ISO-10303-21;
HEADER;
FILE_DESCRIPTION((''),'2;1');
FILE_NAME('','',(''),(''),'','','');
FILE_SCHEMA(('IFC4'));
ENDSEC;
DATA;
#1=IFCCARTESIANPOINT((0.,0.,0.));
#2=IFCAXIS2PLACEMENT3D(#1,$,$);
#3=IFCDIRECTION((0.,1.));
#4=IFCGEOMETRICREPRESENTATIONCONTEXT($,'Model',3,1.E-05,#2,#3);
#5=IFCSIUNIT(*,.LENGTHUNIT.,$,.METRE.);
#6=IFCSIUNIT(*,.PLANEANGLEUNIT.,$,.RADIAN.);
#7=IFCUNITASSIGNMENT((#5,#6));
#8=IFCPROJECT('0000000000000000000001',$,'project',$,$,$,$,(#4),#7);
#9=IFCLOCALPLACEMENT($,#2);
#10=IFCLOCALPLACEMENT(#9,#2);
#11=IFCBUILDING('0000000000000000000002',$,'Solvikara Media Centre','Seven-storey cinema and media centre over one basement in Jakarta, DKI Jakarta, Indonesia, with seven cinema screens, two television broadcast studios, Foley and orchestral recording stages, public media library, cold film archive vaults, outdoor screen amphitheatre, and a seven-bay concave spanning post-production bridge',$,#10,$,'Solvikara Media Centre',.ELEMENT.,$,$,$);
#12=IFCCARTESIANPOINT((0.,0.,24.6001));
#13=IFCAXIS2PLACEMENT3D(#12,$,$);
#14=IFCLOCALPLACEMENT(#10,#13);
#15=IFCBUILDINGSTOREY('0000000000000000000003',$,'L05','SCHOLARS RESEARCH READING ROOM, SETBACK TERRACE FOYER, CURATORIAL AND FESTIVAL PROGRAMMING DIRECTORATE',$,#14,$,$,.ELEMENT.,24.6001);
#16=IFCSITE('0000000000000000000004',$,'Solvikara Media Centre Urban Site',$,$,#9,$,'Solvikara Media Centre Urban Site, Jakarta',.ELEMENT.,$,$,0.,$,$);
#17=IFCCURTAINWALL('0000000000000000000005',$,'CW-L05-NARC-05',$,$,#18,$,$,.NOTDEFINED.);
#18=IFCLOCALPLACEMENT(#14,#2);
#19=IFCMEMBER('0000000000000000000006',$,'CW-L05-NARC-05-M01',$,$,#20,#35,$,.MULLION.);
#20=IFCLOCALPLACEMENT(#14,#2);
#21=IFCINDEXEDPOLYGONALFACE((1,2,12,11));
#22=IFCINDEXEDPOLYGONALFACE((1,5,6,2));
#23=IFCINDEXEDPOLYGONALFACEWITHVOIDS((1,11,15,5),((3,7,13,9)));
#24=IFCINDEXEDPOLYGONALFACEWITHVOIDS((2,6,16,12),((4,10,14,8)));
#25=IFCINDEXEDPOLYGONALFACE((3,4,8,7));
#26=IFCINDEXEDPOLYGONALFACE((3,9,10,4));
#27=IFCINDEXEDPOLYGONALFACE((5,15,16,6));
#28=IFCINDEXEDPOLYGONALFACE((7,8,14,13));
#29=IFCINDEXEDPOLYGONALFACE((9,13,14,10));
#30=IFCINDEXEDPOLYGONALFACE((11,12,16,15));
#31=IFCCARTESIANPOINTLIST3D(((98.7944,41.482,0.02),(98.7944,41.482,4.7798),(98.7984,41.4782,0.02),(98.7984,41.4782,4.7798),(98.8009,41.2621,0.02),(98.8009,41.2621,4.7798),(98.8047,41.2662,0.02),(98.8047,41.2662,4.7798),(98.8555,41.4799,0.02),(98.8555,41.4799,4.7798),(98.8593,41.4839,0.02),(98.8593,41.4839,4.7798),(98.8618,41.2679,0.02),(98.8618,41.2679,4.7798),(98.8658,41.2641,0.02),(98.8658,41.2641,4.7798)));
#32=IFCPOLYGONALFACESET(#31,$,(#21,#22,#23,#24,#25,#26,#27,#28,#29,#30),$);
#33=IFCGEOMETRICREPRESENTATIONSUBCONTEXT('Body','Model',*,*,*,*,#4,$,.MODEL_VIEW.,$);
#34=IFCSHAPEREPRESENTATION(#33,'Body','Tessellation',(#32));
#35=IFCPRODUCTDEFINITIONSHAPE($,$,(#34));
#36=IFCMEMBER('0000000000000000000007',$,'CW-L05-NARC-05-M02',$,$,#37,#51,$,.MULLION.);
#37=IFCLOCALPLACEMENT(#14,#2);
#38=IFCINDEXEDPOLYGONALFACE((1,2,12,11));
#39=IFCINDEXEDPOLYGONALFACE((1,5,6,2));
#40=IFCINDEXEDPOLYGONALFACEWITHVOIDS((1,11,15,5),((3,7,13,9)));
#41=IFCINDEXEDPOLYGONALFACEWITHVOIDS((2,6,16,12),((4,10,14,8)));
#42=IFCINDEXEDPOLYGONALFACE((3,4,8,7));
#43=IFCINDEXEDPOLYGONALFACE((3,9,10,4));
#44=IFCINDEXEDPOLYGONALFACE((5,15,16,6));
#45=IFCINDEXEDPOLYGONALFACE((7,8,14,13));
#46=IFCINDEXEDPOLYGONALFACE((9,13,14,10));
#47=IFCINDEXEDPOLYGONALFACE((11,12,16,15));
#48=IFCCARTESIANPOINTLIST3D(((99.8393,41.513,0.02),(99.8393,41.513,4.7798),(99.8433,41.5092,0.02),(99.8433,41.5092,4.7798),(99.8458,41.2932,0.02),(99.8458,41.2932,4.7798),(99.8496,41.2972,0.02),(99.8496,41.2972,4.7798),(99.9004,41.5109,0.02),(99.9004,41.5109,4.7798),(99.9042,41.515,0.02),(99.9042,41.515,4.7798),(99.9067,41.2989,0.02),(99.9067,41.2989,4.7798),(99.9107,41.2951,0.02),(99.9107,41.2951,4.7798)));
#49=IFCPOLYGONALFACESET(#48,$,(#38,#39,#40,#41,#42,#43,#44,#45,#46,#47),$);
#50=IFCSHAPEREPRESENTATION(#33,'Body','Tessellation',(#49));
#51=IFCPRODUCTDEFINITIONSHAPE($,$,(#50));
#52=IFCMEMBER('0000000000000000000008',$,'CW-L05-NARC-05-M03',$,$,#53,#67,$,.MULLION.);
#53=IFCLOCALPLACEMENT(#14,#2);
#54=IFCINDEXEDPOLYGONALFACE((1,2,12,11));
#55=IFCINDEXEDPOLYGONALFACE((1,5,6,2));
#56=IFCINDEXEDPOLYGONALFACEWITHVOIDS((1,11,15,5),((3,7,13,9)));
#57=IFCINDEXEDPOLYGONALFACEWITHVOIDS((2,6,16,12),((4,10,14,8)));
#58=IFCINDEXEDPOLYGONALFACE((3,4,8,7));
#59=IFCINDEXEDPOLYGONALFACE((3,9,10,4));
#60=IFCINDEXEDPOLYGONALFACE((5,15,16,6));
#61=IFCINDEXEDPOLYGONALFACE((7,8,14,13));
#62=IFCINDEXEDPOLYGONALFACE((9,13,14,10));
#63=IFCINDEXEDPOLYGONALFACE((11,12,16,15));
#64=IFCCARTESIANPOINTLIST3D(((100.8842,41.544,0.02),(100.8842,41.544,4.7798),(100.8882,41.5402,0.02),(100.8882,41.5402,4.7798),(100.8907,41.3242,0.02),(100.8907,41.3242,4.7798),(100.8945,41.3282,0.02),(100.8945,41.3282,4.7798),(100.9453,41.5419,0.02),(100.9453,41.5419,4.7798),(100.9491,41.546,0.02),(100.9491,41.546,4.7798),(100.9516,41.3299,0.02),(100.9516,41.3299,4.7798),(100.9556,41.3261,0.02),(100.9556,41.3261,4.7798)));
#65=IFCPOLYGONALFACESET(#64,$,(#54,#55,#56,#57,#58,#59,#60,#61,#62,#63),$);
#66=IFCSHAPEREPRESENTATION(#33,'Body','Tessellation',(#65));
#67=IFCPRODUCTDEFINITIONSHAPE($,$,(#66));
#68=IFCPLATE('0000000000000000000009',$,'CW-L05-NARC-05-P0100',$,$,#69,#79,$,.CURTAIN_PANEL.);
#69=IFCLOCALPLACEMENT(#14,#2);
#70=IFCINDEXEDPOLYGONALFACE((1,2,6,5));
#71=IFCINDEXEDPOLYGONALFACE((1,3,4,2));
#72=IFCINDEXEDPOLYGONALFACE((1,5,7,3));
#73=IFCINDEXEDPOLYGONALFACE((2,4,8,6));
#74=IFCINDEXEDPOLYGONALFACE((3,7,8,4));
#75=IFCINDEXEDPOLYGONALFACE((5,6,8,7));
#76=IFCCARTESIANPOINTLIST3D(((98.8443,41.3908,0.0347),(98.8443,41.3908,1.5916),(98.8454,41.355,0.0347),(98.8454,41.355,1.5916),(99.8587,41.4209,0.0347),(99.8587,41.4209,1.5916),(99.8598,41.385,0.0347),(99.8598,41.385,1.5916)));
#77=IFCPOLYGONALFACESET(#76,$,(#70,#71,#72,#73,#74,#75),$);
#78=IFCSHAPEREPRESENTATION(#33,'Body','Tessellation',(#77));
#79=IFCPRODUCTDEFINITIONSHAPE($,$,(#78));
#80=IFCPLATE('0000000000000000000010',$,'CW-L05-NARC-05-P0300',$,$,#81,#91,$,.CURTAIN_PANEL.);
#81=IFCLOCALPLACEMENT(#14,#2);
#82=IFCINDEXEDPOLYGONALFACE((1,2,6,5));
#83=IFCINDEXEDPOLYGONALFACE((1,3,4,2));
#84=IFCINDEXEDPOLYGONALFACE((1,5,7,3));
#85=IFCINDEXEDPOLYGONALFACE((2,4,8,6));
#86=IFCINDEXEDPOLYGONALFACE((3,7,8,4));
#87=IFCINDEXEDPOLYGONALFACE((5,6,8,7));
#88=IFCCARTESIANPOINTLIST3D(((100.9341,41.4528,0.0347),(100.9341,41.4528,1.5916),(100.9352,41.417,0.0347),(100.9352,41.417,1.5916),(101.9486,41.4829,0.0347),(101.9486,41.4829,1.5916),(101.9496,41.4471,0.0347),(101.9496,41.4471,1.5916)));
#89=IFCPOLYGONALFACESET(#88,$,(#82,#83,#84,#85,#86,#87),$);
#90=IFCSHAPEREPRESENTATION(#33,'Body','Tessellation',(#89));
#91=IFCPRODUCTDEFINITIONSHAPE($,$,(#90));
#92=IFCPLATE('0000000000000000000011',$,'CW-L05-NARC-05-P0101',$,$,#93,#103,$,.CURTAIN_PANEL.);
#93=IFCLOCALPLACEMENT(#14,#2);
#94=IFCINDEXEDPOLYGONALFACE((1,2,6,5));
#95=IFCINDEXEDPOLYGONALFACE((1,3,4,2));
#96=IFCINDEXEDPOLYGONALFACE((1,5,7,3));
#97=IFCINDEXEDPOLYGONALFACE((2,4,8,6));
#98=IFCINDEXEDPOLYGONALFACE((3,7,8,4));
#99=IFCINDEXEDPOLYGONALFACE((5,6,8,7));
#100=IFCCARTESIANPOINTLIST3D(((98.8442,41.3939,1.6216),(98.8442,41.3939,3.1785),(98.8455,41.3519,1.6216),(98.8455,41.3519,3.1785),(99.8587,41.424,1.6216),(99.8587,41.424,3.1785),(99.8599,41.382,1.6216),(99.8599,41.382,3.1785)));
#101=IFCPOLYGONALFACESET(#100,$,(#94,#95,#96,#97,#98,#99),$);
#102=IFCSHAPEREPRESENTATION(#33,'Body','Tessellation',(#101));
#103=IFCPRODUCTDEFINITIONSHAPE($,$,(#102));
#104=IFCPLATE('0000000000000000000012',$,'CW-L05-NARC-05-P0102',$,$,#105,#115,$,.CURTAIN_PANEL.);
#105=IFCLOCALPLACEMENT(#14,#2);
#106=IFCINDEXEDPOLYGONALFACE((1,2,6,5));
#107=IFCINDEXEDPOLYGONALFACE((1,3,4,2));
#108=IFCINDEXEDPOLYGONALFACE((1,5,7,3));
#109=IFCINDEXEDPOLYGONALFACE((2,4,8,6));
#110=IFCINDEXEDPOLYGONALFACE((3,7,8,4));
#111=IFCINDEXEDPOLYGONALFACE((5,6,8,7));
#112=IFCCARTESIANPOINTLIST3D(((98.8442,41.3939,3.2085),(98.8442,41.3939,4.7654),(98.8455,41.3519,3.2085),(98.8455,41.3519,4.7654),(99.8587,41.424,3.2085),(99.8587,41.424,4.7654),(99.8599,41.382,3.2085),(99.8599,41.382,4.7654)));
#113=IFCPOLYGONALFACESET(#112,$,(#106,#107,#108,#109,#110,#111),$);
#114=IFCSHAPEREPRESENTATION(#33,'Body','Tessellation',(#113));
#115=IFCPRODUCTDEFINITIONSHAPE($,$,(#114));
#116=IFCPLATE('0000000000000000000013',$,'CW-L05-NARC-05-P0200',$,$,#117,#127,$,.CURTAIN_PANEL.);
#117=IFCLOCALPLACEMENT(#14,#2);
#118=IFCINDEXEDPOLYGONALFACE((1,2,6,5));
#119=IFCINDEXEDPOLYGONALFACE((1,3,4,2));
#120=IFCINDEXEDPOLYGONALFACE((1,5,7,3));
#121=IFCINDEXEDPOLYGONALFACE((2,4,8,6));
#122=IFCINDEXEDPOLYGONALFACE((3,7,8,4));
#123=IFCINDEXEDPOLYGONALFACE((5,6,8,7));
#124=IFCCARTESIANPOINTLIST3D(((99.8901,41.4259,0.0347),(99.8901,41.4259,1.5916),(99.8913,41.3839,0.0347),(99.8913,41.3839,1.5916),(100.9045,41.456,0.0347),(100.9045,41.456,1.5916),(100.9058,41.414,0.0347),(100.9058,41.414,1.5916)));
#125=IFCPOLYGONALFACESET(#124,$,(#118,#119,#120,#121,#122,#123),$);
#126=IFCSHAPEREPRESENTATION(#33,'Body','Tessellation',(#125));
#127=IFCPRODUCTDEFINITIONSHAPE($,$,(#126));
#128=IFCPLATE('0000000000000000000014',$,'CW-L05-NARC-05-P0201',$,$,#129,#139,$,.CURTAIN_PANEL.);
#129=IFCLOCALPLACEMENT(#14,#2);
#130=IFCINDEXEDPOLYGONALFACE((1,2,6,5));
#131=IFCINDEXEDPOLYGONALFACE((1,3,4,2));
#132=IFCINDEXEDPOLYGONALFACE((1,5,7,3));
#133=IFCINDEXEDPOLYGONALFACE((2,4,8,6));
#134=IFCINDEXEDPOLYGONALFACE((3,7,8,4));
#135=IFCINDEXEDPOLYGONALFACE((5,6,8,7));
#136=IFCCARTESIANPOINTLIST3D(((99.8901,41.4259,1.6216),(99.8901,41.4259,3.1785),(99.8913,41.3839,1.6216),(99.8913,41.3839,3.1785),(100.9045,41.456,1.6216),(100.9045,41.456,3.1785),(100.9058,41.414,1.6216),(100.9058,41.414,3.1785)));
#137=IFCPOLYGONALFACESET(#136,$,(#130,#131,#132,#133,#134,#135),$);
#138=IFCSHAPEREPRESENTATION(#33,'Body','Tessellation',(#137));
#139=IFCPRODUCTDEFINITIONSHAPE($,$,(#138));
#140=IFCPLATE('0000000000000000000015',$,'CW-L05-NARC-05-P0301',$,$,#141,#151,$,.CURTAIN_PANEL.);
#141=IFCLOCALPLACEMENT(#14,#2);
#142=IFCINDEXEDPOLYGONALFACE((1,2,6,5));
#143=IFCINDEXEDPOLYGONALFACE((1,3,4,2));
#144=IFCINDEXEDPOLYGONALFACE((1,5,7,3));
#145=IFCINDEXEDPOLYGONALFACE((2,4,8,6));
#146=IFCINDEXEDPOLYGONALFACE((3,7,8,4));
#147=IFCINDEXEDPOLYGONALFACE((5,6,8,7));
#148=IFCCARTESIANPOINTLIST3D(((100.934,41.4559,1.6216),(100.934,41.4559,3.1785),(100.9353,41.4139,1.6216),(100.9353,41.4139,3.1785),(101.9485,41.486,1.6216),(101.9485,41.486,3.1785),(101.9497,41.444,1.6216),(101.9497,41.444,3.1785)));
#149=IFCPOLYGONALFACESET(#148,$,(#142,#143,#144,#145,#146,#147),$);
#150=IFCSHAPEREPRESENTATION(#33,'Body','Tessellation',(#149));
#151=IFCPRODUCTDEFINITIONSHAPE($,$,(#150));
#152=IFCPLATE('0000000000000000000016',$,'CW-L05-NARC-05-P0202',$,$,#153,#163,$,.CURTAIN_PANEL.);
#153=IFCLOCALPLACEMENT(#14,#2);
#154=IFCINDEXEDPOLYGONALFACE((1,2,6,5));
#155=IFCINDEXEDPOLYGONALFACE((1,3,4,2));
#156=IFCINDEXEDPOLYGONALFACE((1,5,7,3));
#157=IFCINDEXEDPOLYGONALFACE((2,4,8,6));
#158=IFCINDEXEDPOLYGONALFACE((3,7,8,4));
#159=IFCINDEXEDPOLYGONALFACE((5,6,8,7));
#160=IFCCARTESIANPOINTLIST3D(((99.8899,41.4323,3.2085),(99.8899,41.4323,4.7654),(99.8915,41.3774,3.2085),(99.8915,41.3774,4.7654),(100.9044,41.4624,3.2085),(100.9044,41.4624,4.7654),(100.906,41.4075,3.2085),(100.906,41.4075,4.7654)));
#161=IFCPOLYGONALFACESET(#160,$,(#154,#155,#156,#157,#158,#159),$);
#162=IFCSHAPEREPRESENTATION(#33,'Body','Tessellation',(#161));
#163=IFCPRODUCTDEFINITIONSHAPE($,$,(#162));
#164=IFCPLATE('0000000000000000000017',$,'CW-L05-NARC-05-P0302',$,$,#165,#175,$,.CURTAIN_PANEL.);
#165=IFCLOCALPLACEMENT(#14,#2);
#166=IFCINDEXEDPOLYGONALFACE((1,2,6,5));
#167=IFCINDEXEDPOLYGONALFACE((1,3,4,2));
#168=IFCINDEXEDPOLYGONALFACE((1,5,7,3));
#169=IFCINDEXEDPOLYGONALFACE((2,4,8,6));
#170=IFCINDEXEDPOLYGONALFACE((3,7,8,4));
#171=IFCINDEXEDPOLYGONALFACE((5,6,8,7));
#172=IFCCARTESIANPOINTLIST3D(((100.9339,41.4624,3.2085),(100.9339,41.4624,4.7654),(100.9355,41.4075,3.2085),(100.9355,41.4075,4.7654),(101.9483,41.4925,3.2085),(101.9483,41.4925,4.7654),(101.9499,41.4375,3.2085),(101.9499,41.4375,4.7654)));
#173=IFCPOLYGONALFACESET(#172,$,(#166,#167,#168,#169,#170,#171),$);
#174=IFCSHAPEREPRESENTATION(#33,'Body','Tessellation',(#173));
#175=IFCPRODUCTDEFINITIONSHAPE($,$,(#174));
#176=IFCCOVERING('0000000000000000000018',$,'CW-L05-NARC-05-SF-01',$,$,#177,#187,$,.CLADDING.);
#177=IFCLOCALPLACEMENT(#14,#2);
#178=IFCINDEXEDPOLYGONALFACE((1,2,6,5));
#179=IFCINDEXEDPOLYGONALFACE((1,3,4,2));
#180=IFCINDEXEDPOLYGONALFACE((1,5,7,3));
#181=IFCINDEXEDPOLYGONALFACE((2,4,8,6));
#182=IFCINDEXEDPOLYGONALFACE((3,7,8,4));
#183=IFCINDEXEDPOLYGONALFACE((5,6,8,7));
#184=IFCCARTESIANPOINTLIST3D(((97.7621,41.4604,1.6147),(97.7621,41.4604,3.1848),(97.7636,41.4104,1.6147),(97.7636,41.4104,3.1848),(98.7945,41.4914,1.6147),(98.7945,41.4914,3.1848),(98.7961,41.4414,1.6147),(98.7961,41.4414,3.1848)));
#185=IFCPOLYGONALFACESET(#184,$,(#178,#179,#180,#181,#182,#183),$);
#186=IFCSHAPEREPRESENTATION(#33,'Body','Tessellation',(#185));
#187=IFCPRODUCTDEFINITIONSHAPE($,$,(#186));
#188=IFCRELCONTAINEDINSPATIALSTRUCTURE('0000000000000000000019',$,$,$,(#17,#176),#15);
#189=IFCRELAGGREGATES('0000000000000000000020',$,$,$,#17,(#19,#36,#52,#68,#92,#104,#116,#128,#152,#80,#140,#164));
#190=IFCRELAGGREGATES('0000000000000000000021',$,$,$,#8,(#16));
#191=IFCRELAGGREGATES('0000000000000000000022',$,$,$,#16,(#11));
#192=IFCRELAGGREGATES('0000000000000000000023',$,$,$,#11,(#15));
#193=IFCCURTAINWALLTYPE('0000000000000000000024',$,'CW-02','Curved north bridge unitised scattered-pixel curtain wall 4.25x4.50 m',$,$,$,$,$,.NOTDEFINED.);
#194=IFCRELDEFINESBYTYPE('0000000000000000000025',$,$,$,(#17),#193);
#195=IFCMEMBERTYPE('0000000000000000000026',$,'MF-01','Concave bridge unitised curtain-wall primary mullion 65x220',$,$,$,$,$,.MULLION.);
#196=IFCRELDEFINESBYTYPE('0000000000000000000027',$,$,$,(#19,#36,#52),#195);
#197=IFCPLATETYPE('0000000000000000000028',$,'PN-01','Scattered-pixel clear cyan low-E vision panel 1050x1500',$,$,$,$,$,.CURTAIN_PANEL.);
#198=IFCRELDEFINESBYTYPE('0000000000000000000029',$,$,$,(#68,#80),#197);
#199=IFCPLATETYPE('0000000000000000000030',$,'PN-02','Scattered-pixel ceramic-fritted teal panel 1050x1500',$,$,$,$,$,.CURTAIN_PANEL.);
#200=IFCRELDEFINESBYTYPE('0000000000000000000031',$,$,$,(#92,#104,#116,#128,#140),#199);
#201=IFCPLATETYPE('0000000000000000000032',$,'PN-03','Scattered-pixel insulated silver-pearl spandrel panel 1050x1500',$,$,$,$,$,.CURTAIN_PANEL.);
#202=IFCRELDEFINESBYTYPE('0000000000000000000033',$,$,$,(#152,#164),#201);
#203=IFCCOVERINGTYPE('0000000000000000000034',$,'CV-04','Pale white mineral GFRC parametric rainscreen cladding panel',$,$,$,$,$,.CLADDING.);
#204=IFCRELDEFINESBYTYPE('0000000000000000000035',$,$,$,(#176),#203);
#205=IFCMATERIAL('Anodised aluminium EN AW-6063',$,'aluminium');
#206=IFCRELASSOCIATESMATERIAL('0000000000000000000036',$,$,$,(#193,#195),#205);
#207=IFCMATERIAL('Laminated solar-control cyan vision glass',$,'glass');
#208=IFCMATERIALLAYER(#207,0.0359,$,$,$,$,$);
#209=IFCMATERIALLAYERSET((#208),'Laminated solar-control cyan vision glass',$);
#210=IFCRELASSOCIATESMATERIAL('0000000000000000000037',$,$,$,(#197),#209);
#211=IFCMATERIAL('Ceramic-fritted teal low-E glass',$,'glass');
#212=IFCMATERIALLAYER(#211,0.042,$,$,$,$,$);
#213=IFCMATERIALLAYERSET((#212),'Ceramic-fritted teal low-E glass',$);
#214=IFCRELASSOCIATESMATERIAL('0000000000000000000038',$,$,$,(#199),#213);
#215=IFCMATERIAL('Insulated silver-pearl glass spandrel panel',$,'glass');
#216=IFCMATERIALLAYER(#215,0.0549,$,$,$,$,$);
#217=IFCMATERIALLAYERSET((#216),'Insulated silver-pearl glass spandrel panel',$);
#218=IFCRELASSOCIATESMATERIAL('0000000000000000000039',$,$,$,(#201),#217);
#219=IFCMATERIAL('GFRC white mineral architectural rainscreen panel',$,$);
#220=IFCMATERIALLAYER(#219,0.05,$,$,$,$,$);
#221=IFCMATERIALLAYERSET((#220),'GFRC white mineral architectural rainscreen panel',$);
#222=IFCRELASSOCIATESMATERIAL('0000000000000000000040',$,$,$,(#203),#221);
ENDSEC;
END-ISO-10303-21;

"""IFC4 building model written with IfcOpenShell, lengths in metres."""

from ifc_helpers import new_model, si_unit, direction, frame, origin, origin_2d, place, context, subcontext, project, spatial, rectangle, hollow_rectangle, extrude, material, layer, layer_set, material_profile, profile_set, type_object, element, aggregate, save


model = new_model("IFC4")

# Units and contexts
model_context = context("Model", 3, precision=1e-05, world=origin(), true_north=direction((0.0, 1.0)))
body_context = subcontext(model_context, "Body", "Model", "MODEL_VIEW")
ifc_project = project(units=[si_unit("LENGTHUNIT", "METRE"), si_unit("PLANEANGLEUNIT", "RADIAN")], contexts=[model_context])

# Site, building, storey
site_placement = place(None, origin())
site = spatial("IfcSite", under=ifc_project, at=site_placement, Name="Solvikara Media Centre Urban Site", LongName="Solvikara Media Centre Urban Site, Jakarta", CompositionType="ELEMENT", RefElevation=0.0)
building_placement = place(site_placement, origin())
building = spatial("IfcBuilding", under=site, at=building_placement, Name="Solvikara Media Centre", Description="Seven-storey cinema and media centre over one basement in Jakarta, DKI Jakarta, Indonesia, with seven cinema screens, two television broadcast studios, Foley and orchestral recording stages, public media library, cold film archive vaults, outdoor screen amphitheatre, and a seven-bay concave spanning post-production bridge", LongName="Solvikara Media Centre", CompositionType="ELEMENT")
storey_placement = place(building_placement, frame((0.0, 0.0, 24.6001)))
storey = spatial("IfcBuildingStorey", under=building, at=storey_placement, Name="L05", Description="SCHOLARS RESEARCH READING ROOM, SETBACK TERRACE FOYER, CURATORIAL AND FESTIVAL PROGRAMMING DIRECTORATE", CompositionType="ELEMENT", Elevation=24.6001)

# Curtain wall, members, plates
ifc_material_1 = material(Name="Anodised aluminium EN AW-6063", Category="aluminium")
curtain_wall_type = type_object("IfcCurtainWallType", Name="CW-02", Description="Curved north bridge unitised scattered-pixel curtain wall 4.25x4.50 m", PredefinedType="NOTDEFINED", material=ifc_material_1)
curtain_wall_placement = place(storey_placement, origin())
curtain_wall = element("IfcCurtainWall", 1, at=curtain_wall_placement, inside=storey, type_object=curtain_wall_type, Name="CW-L05-NARC-05", PredefinedType="NOTDEFINED")
ifc_material_profile = material_profile(ifc_material_1, hollow_rectangle(XDim=0.0649, YDim=0.22, WallThickness=0.0039, at=origin_2d()), Name="ALU-M 65x220x4")
ifc_profile_set = profile_set([ifc_material_profile], Name="Anodised aluminium EN AW-6063")
member_type = type_object("IfcMemberType", Name="MF-01", Description="Concave bridge unitised curtain-wall primary mullion 65x220", PredefinedType="MULLION", material=ifc_profile_set)
member_1_placement = place(storey_placement, frame((98.8301, 41.373, 0.02), z_axis=(0.0, 0.0, 1.0), x_axis=(0.99956, 0.029649, 0.0)))
member_1 = element("IfcMember", 2, at=member_1_placement, type_object=member_type, Name="CW-L05-NARC-05-M01", PredefinedType="MULLION", context=body_context, shape_type="SweptSolid", body=[
    extrude(hollow_rectangle(XDim=0.0649, YDim=0.22, WallThickness=0.0039, at=origin_2d()), origin(), (0.0, 0.0, 1.0), 4.7598),
])
member_2_placement = place(storey_placement, frame((99.875, 41.4041, 0.02), z_axis=(0.0, 0.0, 1.0), x_axis=(0.99956, 0.029649, 0.0)))
member_2 = element("IfcMember", 3, at=member_2_placement, type_object=member_type, Name="CW-L05-NARC-05-M02", PredefinedType="MULLION", context=body_context, shape_type="SweptSolid", body=[
    extrude(hollow_rectangle(XDim=0.0649, YDim=0.22, WallThickness=0.0039, at=origin_2d()), origin(), (0.0, 0.0, 1.0), 4.7598),
])
member_3_placement = place(storey_placement, frame((100.9199, 41.4351, 0.02), z_axis=(0.0, 0.0, 1.0), x_axis=(0.99956, 0.029649, 0.0)))
member_3 = element("IfcMember", 4, at=member_3_placement, type_object=member_type, Name="CW-L05-NARC-05-M03", PredefinedType="MULLION", context=body_context, shape_type="SweptSolid", body=[
    extrude(hollow_rectangle(XDim=0.0649, YDim=0.22, WallThickness=0.0039, at=origin_2d()), origin(), (0.0, 0.0, 1.0), 4.7598),
])
ifc_material_2 = material(Name="Laminated solar-control cyan vision glass", Category="glass")
ifc_layer_1 = layer(ifc_material_2, 0.0359)
ifc_layer_set_1 = layer_set([ifc_layer_1], Name="Laminated solar-control cyan vision glass")
plate_type_1 = type_object("IfcPlateType", Name="PN-01", Description="Scattered-pixel clear cyan low-E vision panel 1050x1500", PredefinedType="CURTAIN_PANEL", material=ifc_layer_set_1)
plate_1_placement = place(storey_placement, frame((99.3521, 41.3879, 0.0347), z_axis=(0.0, 0.0, 1.0), x_axis=(0.99956, 0.029649, 0.0)))
plate_1 = element("IfcPlate", 5, at=plate_1_placement, type_object=plate_type_1, Name="CW-L05-NARC-05-P0100", PredefinedType="CURTAIN_PANEL", context=body_context, shape_type="SweptSolid", body=[
    extrude(rectangle(XDim=1.0149, YDim=0.0359, at=origin_2d()), origin(), (0.0, 0.0, 1.0), 1.5569),
])
plate_2_placement = place(storey_placement, frame((101.4419, 41.45, 0.0347), z_axis=(0.0, 0.0, 1.0), x_axis=(0.99956, 0.029649, 0.0)))
plate_2 = element("IfcPlate", 6, at=plate_2_placement, type_object=plate_type_1, Name="CW-L05-NARC-05-P0300", PredefinedType="CURTAIN_PANEL", context=body_context, shape_type="SweptSolid", body=[
    extrude(rectangle(XDim=1.0149, YDim=0.0359, at=origin_2d()), origin(), (0.0, 0.0, 1.0), 1.5569),
])
ifc_material_3 = material(Name="Ceramic-fritted teal low-E glass", Category="glass")
ifc_layer_2 = layer(ifc_material_3, 0.042)
ifc_layer_set_2 = layer_set([ifc_layer_2], Name="Ceramic-fritted teal low-E glass")
plate_type_2 = type_object("IfcPlateType", Name="PN-02", Description="Scattered-pixel ceramic-fritted teal panel 1050x1500", PredefinedType="CURTAIN_PANEL", material=ifc_layer_set_2)
plate_3_placement = place(storey_placement, frame((99.3521, 41.3879, 1.6216), z_axis=(0.0, 0.0, 1.0), x_axis=(0.99956, 0.029649, 0.0)))
plate_3 = element("IfcPlate", 7, at=plate_3_placement, type_object=plate_type_2, Name="CW-L05-NARC-05-P0101", PredefinedType="CURTAIN_PANEL", context=body_context, shape_type="SweptSolid", body=[
    extrude(rectangle(XDim=1.0149, YDim=0.042, at=origin_2d()), origin(), (0.0, 0.0, 1.0), 1.5569),
])
plate_4_placement = place(storey_placement, frame((99.3521, 41.3879, 3.2085), z_axis=(0.0, 0.0, 1.0), x_axis=(0.99956, 0.029649, 0.0)))
plate_4 = element("IfcPlate", 8, at=plate_4_placement, type_object=plate_type_2, Name="CW-L05-NARC-05-P0102", PredefinedType="CURTAIN_PANEL", context=body_context, shape_type="SweptSolid", body=[
    extrude(rectangle(XDim=1.0149, YDim=0.042, at=origin_2d()), origin(), (0.0, 0.0, 1.0), 1.5569),
])
plate_5_placement = place(storey_placement, frame((100.3979, 41.4199, 0.0347), z_axis=(0.0, 0.0, 1.0), x_axis=(0.99956, 0.029649, 0.0)))
plate_5 = element("IfcPlate", 9, at=plate_5_placement, type_object=plate_type_2, Name="CW-L05-NARC-05-P0200", PredefinedType="CURTAIN_PANEL", context=body_context, shape_type="SweptSolid", body=[
    extrude(rectangle(XDim=1.0149, YDim=0.042, at=origin_2d()), origin(), (0.0, 0.0, 1.0), 1.5569),
])
plate_6_placement = place(storey_placement, frame((100.3979, 41.4199, 1.6216), z_axis=(0.0, 0.0, 1.0), x_axis=(0.99956, 0.029649, 0.0)))
plate_6 = element("IfcPlate", 10, at=plate_6_placement, type_object=plate_type_2, Name="CW-L05-NARC-05-P0201", PredefinedType="CURTAIN_PANEL", context=body_context, shape_type="SweptSolid", body=[
    extrude(rectangle(XDim=1.0149, YDim=0.042, at=origin_2d()), origin(), (0.0, 0.0, 1.0), 1.5569),
])
plate_7_placement = place(storey_placement, frame((101.4419, 41.45, 1.6216), z_axis=(0.0, 0.0, 1.0), x_axis=(0.99956, 0.029649, 0.0)))
plate_7 = element("IfcPlate", 11, at=plate_7_placement, type_object=plate_type_2, Name="CW-L05-NARC-05-P0301", PredefinedType="CURTAIN_PANEL", context=body_context, shape_type="SweptSolid", body=[
    extrude(rectangle(XDim=1.0149, YDim=0.042, at=origin_2d()), origin(), (0.0, 0.0, 1.0), 1.5569),
])
ifc_material_4 = material(Name="Insulated silver-pearl glass spandrel panel", Category="glass")
ifc_layer_3 = layer(ifc_material_4, 0.0549)
ifc_layer_set_3 = layer_set([ifc_layer_3], Name="Insulated silver-pearl glass spandrel panel")
plate_type_3 = type_object("IfcPlateType", Name="PN-03", Description="Scattered-pixel insulated silver-pearl spandrel panel 1050x1500", PredefinedType="CURTAIN_PANEL", material=ifc_layer_set_3)
plate_8_placement = place(storey_placement, frame((100.3979, 41.4199, 3.2085), z_axis=(0.0, 0.0, 1.0), x_axis=(0.99956, 0.029649, 0.0)))
plate_8 = element("IfcPlate", 12, at=plate_8_placement, type_object=plate_type_3, Name="CW-L05-NARC-05-P0202", PredefinedType="CURTAIN_PANEL", context=body_context, shape_type="SweptSolid", body=[
    extrude(rectangle(XDim=1.0149, YDim=0.0549, at=origin_2d()), origin(), (0.0, 0.0, 1.0), 1.5569),
])
plate_9_placement = place(storey_placement, frame((101.4419, 41.45, 3.2085), z_axis=(0.0, 0.0, 1.0), x_axis=(0.99956, 0.029649, 0.0)))
plate_9 = element("IfcPlate", 13, at=plate_9_placement, type_object=plate_type_3, Name="CW-L05-NARC-05-P0302", PredefinedType="CURTAIN_PANEL", context=body_context, shape_type="SweptSolid", body=[
    extrude(rectangle(XDim=1.0149, YDim=0.0549, at=origin_2d()), origin(), (0.0, 0.0, 1.0), 1.5569),
])
aggregate(curtain_wall, [member_1, member_2, member_3, plate_1, plate_3, plate_4, plate_5, plate_6, plate_8, plate_2, plate_7, plate_9])

# Covering
ifc_material_5 = material(Name="GFRC white mineral architectural rainscreen panel")
ifc_layer_4 = layer(ifc_material_5, 0.05)
ifc_layer_set_4 = layer_set([ifc_layer_4], Name="GFRC white mineral architectural rainscreen panel")
covering_type_1 = type_object("IfcCoveringType", Name="CV-04", Description="Pale white mineral GFRC parametric rainscreen cladding panel", PredefinedType="CLADDING", material=ifc_layer_set_4)
for number, where, z_axis, x_axis, name in (
    (14, (98.2791, 41.4509, 1.6147), (0.0, 0.0, 1.0), (0.99955, 0.029998, 0.0), "CW-L05-NARC-05-SF-01"),
):
    element("IfcCovering", number, at=place(storey_placement, frame(where, z_axis=z_axis, x_axis=x_axis)), inside=storey, type_object=covering_type_1, Name=name, PredefinedType="CLADDING", context=body_context, shape_type="SweptSolid", body=[
        extrude(rectangle(XDim=1.033, YDim=0.05, at=origin_2d()), origin(), (0.0, 0.0, 1.0), 1.5701),
    ])

save(model, "model.ifc")
